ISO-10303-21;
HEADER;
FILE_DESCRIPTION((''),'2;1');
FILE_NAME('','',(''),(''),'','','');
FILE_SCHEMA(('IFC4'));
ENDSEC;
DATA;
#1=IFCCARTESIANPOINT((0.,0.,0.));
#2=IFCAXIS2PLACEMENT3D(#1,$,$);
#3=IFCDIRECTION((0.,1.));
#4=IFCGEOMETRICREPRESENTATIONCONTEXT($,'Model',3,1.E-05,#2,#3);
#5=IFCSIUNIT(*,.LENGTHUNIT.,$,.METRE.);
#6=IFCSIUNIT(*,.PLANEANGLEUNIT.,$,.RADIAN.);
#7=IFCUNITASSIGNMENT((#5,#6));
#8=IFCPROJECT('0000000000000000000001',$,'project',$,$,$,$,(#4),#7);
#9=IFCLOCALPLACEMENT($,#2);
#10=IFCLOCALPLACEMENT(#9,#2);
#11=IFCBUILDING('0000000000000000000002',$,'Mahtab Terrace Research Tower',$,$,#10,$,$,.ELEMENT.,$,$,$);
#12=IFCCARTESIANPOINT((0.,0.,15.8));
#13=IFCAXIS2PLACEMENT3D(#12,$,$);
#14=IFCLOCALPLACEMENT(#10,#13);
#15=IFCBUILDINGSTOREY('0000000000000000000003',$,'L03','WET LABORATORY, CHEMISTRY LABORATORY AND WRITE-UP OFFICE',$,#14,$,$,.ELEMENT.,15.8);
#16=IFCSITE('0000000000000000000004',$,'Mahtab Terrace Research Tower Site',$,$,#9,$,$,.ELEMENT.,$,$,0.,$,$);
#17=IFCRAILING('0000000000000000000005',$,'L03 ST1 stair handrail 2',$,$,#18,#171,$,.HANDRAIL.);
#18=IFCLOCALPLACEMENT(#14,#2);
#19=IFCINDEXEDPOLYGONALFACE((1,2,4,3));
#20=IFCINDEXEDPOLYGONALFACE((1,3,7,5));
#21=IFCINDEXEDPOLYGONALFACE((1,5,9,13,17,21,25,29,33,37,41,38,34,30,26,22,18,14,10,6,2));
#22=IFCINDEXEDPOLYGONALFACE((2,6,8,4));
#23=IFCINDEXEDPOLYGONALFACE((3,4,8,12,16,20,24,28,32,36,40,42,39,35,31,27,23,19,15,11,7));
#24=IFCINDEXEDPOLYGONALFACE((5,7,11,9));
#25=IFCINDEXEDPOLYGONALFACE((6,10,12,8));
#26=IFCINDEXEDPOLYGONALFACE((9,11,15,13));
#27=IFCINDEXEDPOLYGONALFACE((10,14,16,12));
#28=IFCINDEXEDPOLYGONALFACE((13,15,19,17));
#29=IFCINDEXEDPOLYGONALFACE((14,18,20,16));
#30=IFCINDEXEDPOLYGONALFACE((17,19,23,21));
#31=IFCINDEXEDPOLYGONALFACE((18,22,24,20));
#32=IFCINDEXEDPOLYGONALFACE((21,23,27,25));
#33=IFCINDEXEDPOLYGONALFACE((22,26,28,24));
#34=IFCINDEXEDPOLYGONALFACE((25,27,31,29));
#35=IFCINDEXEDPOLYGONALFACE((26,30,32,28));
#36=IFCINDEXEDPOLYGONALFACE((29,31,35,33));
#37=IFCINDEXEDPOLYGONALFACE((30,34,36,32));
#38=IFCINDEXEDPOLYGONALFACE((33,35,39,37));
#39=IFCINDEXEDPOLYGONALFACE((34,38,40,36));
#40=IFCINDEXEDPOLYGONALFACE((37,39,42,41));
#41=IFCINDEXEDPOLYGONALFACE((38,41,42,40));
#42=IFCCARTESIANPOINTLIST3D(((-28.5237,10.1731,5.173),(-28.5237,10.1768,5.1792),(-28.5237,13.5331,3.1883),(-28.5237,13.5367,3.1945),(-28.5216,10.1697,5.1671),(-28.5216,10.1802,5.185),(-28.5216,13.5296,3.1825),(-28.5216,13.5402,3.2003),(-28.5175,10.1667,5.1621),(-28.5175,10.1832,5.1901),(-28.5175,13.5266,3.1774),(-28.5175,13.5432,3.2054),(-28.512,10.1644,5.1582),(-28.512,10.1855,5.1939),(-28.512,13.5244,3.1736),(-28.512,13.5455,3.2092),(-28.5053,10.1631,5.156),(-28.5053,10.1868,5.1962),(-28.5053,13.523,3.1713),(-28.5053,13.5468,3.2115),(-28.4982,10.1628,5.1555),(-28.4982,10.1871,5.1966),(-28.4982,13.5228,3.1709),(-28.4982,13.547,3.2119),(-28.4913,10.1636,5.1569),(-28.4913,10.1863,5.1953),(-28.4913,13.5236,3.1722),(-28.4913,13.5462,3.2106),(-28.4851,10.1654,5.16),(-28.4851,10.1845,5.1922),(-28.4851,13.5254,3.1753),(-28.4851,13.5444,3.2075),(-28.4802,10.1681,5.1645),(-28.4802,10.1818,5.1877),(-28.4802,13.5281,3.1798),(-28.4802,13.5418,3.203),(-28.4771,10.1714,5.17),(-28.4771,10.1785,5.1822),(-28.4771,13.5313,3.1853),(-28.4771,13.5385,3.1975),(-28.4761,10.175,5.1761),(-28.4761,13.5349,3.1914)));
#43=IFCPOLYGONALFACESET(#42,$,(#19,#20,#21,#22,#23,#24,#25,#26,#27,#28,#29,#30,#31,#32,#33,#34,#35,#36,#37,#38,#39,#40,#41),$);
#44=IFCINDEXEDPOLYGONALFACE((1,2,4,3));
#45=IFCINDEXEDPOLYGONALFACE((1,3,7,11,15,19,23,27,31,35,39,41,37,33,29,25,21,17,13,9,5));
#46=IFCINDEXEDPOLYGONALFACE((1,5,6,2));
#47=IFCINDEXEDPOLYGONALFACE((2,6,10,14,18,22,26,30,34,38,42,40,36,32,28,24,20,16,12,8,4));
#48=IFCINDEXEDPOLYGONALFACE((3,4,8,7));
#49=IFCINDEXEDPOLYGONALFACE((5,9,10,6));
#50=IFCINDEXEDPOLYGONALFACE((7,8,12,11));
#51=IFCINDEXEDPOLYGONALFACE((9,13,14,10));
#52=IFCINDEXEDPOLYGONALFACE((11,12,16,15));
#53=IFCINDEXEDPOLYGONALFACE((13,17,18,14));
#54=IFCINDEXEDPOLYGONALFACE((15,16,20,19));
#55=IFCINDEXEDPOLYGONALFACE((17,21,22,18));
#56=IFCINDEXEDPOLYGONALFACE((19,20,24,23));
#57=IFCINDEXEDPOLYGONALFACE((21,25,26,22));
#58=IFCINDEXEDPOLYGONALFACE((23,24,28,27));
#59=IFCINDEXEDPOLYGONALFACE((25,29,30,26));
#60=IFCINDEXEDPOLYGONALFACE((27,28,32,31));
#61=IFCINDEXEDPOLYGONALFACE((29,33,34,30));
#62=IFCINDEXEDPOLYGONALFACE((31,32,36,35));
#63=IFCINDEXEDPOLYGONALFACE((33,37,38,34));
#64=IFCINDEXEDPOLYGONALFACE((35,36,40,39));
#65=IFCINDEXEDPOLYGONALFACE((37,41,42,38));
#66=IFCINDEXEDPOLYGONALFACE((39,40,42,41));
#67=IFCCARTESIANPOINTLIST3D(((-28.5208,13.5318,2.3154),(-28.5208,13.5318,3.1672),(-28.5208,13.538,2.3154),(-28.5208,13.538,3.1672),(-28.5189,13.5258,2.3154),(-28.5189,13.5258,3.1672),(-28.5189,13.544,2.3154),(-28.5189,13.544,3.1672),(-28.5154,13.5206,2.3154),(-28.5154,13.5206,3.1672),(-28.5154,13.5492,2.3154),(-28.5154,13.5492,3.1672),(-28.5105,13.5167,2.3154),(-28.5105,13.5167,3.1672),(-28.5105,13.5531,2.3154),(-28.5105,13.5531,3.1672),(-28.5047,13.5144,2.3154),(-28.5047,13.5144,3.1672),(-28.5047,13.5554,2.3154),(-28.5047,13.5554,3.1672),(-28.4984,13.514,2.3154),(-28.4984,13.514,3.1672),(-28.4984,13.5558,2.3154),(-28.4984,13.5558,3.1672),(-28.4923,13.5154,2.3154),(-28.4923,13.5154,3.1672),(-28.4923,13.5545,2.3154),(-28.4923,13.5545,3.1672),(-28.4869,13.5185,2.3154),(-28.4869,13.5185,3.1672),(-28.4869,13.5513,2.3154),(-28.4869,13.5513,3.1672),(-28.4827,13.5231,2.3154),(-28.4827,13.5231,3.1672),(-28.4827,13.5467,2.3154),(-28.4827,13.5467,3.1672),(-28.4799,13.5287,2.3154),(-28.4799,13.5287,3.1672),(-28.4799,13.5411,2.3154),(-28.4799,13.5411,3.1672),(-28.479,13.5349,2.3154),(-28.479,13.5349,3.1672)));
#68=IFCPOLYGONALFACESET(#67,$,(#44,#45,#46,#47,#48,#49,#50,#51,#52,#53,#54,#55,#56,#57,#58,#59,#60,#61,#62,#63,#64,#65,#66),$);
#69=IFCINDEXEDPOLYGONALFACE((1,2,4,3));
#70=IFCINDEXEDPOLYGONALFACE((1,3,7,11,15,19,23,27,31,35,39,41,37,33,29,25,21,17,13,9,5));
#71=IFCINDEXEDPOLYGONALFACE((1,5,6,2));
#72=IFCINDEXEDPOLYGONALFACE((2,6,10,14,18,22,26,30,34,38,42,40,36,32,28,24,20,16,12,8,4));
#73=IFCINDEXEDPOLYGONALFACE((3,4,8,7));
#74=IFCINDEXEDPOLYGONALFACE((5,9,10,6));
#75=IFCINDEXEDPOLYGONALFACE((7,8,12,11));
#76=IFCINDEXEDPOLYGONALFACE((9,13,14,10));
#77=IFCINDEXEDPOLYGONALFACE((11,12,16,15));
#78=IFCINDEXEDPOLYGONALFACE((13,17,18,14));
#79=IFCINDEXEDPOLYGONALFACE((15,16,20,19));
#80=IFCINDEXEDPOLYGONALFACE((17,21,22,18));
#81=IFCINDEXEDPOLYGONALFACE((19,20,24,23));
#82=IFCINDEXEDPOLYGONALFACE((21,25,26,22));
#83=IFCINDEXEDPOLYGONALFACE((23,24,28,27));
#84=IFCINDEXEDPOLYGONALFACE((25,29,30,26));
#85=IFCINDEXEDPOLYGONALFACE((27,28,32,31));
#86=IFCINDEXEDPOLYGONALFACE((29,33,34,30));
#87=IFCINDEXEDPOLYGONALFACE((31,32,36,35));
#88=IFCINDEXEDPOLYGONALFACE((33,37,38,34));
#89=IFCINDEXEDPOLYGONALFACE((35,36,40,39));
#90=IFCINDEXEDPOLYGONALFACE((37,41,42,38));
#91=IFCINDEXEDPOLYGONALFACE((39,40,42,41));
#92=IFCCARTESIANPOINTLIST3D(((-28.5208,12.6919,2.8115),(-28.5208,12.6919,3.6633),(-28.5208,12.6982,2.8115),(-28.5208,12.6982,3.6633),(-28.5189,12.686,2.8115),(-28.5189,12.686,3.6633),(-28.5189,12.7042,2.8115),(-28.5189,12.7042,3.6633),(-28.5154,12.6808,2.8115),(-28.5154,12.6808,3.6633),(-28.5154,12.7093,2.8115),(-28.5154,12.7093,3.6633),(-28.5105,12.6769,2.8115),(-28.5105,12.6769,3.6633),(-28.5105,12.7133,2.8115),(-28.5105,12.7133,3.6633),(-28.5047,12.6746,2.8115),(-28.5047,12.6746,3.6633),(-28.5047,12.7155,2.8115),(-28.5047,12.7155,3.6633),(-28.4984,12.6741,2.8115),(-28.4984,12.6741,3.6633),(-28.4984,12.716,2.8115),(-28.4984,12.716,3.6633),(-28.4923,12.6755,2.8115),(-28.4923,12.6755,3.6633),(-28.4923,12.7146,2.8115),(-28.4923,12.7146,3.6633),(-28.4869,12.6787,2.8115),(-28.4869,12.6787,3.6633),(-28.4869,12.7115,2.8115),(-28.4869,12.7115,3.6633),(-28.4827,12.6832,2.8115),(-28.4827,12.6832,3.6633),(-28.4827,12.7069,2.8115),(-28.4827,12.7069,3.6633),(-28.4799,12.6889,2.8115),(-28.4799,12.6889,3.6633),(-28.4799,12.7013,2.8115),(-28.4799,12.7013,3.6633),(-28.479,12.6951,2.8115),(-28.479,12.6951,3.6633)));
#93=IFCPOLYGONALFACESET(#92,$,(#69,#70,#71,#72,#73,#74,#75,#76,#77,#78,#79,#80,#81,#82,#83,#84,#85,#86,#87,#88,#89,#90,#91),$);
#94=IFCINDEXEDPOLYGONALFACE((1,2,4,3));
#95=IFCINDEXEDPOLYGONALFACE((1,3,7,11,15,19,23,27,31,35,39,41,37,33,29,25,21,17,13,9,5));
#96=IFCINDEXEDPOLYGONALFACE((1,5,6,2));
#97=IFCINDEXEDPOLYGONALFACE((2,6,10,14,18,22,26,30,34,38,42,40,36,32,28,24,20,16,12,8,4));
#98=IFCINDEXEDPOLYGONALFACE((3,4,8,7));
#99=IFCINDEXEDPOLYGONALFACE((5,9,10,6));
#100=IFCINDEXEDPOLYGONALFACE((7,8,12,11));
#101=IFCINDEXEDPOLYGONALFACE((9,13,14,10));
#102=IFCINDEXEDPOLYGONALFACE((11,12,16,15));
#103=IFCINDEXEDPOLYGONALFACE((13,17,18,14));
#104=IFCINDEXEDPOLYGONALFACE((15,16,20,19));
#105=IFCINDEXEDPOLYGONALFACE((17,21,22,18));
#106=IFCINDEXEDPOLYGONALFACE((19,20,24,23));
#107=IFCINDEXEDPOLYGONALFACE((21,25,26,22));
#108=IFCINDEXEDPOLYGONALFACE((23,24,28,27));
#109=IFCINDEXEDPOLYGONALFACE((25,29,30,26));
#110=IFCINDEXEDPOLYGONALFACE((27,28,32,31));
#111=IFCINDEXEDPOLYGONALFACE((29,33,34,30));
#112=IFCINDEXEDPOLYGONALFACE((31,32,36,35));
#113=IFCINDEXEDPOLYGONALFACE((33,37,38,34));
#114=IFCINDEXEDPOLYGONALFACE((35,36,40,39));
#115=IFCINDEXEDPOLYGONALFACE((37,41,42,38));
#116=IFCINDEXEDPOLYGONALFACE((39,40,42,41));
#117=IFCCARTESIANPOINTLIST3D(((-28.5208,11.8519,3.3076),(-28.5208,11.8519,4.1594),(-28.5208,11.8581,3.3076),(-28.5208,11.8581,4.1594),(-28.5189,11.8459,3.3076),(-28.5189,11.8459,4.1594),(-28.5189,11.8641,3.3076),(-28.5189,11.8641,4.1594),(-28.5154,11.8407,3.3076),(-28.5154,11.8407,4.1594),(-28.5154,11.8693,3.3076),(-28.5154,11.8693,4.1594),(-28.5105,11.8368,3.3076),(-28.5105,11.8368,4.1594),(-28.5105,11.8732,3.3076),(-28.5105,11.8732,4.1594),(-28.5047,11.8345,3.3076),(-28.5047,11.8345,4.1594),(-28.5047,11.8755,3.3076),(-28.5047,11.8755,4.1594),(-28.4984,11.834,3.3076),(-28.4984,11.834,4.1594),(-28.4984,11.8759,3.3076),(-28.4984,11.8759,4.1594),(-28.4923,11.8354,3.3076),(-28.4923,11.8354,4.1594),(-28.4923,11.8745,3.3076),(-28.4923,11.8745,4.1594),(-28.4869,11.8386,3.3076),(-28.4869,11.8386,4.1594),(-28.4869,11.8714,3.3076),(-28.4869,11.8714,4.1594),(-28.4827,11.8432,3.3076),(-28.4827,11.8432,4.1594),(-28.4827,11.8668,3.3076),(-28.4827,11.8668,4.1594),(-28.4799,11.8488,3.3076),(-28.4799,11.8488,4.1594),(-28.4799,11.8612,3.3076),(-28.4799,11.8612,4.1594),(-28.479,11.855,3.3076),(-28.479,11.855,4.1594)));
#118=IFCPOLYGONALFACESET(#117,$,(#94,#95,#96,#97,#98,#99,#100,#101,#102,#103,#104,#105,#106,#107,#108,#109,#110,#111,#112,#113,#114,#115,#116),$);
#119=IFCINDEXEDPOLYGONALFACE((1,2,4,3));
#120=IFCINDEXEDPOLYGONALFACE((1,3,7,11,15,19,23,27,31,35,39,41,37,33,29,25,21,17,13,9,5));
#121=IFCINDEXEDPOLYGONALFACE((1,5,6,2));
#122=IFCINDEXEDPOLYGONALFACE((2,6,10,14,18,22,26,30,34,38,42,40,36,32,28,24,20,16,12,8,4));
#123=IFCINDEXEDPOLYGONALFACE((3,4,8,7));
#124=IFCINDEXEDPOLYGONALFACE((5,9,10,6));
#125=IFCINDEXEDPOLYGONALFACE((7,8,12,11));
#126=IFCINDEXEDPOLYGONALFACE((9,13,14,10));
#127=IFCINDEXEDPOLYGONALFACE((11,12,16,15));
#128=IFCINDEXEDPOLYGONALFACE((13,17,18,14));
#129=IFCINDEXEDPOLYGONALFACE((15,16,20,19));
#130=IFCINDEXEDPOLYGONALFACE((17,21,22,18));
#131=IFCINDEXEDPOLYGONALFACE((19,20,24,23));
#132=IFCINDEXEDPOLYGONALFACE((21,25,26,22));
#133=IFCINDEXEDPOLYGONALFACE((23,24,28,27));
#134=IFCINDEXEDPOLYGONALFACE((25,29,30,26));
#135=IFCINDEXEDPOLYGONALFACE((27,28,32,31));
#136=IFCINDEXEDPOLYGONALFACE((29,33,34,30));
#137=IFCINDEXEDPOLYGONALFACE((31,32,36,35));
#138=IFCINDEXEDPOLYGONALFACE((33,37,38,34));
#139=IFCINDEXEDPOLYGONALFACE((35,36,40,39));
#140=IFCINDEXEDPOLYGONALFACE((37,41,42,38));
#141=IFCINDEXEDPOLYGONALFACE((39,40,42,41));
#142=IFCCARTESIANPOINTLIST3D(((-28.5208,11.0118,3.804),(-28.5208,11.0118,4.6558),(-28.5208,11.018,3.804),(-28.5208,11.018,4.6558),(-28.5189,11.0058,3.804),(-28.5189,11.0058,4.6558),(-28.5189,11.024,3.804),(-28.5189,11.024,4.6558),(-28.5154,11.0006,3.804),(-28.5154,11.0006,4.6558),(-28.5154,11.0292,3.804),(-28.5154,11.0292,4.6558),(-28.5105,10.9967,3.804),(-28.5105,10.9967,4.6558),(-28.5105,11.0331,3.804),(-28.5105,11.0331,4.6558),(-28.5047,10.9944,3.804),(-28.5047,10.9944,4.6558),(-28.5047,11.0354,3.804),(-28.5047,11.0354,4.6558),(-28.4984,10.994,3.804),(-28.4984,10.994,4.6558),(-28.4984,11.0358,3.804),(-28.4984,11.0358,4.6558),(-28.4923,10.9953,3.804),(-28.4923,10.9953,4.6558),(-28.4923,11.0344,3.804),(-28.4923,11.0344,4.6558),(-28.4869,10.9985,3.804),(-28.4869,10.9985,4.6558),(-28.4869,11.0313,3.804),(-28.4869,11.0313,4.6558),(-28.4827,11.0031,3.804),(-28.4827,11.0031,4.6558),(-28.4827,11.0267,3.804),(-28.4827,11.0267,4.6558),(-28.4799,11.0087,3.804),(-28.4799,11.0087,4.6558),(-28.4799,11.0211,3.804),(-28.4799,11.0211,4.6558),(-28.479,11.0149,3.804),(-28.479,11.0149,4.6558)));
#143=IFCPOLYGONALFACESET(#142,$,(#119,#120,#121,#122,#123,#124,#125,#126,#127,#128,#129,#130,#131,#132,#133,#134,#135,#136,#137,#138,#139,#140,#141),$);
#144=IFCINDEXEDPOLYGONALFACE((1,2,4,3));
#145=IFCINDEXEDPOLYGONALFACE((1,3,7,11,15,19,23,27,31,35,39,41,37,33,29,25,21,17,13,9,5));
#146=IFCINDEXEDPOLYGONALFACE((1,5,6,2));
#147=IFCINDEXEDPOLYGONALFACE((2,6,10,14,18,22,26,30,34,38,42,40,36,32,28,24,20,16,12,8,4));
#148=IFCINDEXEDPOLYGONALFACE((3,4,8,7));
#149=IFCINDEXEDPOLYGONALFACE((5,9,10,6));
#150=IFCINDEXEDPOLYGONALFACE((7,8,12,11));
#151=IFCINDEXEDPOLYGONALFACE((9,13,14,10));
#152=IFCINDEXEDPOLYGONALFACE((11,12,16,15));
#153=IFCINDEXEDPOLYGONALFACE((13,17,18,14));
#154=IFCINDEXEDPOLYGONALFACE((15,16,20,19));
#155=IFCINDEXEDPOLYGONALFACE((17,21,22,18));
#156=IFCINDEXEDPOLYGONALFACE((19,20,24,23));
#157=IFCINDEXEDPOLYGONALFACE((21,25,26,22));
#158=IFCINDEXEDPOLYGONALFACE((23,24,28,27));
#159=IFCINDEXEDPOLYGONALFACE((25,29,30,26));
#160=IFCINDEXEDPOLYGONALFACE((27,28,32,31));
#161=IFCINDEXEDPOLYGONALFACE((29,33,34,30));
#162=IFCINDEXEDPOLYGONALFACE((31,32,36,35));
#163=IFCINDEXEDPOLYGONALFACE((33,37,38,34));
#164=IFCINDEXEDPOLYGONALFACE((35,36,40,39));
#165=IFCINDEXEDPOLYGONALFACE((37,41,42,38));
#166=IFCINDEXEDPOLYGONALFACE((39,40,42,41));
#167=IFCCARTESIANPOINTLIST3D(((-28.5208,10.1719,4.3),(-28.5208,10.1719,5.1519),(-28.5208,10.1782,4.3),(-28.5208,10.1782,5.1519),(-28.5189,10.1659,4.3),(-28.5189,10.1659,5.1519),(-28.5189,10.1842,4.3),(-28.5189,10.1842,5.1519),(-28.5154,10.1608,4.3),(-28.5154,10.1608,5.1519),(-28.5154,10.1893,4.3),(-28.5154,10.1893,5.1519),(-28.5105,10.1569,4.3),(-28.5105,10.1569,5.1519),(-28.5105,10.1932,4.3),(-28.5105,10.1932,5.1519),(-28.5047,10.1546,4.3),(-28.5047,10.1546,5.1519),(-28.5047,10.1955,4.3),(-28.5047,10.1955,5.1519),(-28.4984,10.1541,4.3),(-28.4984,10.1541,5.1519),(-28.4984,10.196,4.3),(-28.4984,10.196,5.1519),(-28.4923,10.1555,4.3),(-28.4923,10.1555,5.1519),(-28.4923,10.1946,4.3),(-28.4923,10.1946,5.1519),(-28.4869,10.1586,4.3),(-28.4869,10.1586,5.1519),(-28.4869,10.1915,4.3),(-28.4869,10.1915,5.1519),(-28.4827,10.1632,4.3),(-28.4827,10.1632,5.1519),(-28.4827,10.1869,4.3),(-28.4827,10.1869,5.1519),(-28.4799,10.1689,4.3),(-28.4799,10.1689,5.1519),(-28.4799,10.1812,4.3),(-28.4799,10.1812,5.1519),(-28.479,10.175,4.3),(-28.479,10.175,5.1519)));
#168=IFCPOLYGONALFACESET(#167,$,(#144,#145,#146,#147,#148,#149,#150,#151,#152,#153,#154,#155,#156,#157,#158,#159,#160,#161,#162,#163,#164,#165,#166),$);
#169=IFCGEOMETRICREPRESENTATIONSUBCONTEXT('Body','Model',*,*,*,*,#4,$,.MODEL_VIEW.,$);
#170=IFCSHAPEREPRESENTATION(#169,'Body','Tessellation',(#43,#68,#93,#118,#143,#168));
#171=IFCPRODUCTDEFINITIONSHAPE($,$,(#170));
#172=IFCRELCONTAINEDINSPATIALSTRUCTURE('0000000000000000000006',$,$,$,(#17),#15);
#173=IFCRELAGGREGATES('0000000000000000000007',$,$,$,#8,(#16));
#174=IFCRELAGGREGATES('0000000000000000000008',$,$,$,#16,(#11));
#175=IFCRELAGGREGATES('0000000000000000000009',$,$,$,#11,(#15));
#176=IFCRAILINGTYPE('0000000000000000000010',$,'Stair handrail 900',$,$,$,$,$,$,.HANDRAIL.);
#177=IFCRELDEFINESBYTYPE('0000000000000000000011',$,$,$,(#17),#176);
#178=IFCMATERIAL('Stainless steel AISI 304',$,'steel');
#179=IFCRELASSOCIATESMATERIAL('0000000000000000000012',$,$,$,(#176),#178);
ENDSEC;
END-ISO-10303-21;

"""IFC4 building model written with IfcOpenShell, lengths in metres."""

from ifc_helpers import new_model, si_unit, direction, frame, origin, origin_2d, place, context, subcontext, project, spatial, circle, extrude, material, type_object, element, save


model = new_model("IFC4")

# Units and contexts
model_context = context("Model", 3, precision=1e-05, world=origin(), true_north=direction((0.0, 1.0)))
body_context = subcontext(model_context, "Body", "Model", "MODEL_VIEW")
ifc_project = project(units=[si_unit("LENGTHUNIT", "METRE"), si_unit("PLANEANGLEUNIT", "RADIAN")], contexts=[model_context])

# Site, building, storey
site_placement = place(None, origin())
site = spatial("IfcSite", under=ifc_project, at=site_placement, Name="Mahtab Terrace Research Tower Site", CompositionType="ELEMENT", RefElevation=0.0)
building_placement = place(site_placement, origin())
building = spatial("IfcBuilding", under=site, at=building_placement, Name="Mahtab Terrace Research Tower", CompositionType="ELEMENT")
storey_placement = place(building_placement, frame((0.0, 0.0, 15.8)))
storey = spatial("IfcBuildingStorey", under=building, at=storey_placement, Name="L03", Description="WET LABORATORY, CHEMISTRY LABORATORY AND WRITE-UP OFFICE", CompositionType="ELEMENT", Elevation=15.8)

# Railing
ifc_material_1 = material(Name="Stainless steel AISI 304", Category="steel")
railing_type_1 = type_object("IfcRailingType", Name="Stair handrail 900", PredefinedType="HANDRAIL", material=ifc_material_1)
railing_1_placement = place(storey_placement, frame((-28.5, 13.5349, 2.3154)))
element("IfcRailing", 1, at=railing_1_placement, inside=storey, type_object=railing_type_1, Name="L03 ST1 stair handrail 2", PredefinedType="HANDRAIL", context=body_context, shape_type="SweptSolid", body=[
    extrude(circle(Radius=0.0239, at=origin_2d()), frame((0.0, 0.0, 0.876), z_axis=(0.0, -0.861011, 0.508586), x_axis=(1.0, 0.0, 0.0)), (0.0, 0.0, 1.0), 3.9023),
    extrude(circle(Radius=0.021, at=origin_2d()), origin(), (0.0, 0.0, 1.0), 0.8518),
    extrude(circle(Radius=0.021, at=origin_2d()), frame((0.0, -0.8398, 0.4961)), (0.0, 0.0, 1.0), 0.8518),
    extrude(circle(Radius=0.021, at=origin_2d()), frame((0.0, -1.6799, 0.9922)), (0.0, 0.0, 1.0), 0.8518),
    extrude(circle(Radius=0.021, at=origin_2d()), frame((0.0, -2.52, 1.4885)), (0.0, 0.0, 1.0), 0.8518),
    extrude(circle(Radius=0.021, at=origin_2d()), frame((0.0, -3.3599, 1.9846)), (0.0, 0.0, 1.0), 0.8518),
])

save(model, "model.ifc")
